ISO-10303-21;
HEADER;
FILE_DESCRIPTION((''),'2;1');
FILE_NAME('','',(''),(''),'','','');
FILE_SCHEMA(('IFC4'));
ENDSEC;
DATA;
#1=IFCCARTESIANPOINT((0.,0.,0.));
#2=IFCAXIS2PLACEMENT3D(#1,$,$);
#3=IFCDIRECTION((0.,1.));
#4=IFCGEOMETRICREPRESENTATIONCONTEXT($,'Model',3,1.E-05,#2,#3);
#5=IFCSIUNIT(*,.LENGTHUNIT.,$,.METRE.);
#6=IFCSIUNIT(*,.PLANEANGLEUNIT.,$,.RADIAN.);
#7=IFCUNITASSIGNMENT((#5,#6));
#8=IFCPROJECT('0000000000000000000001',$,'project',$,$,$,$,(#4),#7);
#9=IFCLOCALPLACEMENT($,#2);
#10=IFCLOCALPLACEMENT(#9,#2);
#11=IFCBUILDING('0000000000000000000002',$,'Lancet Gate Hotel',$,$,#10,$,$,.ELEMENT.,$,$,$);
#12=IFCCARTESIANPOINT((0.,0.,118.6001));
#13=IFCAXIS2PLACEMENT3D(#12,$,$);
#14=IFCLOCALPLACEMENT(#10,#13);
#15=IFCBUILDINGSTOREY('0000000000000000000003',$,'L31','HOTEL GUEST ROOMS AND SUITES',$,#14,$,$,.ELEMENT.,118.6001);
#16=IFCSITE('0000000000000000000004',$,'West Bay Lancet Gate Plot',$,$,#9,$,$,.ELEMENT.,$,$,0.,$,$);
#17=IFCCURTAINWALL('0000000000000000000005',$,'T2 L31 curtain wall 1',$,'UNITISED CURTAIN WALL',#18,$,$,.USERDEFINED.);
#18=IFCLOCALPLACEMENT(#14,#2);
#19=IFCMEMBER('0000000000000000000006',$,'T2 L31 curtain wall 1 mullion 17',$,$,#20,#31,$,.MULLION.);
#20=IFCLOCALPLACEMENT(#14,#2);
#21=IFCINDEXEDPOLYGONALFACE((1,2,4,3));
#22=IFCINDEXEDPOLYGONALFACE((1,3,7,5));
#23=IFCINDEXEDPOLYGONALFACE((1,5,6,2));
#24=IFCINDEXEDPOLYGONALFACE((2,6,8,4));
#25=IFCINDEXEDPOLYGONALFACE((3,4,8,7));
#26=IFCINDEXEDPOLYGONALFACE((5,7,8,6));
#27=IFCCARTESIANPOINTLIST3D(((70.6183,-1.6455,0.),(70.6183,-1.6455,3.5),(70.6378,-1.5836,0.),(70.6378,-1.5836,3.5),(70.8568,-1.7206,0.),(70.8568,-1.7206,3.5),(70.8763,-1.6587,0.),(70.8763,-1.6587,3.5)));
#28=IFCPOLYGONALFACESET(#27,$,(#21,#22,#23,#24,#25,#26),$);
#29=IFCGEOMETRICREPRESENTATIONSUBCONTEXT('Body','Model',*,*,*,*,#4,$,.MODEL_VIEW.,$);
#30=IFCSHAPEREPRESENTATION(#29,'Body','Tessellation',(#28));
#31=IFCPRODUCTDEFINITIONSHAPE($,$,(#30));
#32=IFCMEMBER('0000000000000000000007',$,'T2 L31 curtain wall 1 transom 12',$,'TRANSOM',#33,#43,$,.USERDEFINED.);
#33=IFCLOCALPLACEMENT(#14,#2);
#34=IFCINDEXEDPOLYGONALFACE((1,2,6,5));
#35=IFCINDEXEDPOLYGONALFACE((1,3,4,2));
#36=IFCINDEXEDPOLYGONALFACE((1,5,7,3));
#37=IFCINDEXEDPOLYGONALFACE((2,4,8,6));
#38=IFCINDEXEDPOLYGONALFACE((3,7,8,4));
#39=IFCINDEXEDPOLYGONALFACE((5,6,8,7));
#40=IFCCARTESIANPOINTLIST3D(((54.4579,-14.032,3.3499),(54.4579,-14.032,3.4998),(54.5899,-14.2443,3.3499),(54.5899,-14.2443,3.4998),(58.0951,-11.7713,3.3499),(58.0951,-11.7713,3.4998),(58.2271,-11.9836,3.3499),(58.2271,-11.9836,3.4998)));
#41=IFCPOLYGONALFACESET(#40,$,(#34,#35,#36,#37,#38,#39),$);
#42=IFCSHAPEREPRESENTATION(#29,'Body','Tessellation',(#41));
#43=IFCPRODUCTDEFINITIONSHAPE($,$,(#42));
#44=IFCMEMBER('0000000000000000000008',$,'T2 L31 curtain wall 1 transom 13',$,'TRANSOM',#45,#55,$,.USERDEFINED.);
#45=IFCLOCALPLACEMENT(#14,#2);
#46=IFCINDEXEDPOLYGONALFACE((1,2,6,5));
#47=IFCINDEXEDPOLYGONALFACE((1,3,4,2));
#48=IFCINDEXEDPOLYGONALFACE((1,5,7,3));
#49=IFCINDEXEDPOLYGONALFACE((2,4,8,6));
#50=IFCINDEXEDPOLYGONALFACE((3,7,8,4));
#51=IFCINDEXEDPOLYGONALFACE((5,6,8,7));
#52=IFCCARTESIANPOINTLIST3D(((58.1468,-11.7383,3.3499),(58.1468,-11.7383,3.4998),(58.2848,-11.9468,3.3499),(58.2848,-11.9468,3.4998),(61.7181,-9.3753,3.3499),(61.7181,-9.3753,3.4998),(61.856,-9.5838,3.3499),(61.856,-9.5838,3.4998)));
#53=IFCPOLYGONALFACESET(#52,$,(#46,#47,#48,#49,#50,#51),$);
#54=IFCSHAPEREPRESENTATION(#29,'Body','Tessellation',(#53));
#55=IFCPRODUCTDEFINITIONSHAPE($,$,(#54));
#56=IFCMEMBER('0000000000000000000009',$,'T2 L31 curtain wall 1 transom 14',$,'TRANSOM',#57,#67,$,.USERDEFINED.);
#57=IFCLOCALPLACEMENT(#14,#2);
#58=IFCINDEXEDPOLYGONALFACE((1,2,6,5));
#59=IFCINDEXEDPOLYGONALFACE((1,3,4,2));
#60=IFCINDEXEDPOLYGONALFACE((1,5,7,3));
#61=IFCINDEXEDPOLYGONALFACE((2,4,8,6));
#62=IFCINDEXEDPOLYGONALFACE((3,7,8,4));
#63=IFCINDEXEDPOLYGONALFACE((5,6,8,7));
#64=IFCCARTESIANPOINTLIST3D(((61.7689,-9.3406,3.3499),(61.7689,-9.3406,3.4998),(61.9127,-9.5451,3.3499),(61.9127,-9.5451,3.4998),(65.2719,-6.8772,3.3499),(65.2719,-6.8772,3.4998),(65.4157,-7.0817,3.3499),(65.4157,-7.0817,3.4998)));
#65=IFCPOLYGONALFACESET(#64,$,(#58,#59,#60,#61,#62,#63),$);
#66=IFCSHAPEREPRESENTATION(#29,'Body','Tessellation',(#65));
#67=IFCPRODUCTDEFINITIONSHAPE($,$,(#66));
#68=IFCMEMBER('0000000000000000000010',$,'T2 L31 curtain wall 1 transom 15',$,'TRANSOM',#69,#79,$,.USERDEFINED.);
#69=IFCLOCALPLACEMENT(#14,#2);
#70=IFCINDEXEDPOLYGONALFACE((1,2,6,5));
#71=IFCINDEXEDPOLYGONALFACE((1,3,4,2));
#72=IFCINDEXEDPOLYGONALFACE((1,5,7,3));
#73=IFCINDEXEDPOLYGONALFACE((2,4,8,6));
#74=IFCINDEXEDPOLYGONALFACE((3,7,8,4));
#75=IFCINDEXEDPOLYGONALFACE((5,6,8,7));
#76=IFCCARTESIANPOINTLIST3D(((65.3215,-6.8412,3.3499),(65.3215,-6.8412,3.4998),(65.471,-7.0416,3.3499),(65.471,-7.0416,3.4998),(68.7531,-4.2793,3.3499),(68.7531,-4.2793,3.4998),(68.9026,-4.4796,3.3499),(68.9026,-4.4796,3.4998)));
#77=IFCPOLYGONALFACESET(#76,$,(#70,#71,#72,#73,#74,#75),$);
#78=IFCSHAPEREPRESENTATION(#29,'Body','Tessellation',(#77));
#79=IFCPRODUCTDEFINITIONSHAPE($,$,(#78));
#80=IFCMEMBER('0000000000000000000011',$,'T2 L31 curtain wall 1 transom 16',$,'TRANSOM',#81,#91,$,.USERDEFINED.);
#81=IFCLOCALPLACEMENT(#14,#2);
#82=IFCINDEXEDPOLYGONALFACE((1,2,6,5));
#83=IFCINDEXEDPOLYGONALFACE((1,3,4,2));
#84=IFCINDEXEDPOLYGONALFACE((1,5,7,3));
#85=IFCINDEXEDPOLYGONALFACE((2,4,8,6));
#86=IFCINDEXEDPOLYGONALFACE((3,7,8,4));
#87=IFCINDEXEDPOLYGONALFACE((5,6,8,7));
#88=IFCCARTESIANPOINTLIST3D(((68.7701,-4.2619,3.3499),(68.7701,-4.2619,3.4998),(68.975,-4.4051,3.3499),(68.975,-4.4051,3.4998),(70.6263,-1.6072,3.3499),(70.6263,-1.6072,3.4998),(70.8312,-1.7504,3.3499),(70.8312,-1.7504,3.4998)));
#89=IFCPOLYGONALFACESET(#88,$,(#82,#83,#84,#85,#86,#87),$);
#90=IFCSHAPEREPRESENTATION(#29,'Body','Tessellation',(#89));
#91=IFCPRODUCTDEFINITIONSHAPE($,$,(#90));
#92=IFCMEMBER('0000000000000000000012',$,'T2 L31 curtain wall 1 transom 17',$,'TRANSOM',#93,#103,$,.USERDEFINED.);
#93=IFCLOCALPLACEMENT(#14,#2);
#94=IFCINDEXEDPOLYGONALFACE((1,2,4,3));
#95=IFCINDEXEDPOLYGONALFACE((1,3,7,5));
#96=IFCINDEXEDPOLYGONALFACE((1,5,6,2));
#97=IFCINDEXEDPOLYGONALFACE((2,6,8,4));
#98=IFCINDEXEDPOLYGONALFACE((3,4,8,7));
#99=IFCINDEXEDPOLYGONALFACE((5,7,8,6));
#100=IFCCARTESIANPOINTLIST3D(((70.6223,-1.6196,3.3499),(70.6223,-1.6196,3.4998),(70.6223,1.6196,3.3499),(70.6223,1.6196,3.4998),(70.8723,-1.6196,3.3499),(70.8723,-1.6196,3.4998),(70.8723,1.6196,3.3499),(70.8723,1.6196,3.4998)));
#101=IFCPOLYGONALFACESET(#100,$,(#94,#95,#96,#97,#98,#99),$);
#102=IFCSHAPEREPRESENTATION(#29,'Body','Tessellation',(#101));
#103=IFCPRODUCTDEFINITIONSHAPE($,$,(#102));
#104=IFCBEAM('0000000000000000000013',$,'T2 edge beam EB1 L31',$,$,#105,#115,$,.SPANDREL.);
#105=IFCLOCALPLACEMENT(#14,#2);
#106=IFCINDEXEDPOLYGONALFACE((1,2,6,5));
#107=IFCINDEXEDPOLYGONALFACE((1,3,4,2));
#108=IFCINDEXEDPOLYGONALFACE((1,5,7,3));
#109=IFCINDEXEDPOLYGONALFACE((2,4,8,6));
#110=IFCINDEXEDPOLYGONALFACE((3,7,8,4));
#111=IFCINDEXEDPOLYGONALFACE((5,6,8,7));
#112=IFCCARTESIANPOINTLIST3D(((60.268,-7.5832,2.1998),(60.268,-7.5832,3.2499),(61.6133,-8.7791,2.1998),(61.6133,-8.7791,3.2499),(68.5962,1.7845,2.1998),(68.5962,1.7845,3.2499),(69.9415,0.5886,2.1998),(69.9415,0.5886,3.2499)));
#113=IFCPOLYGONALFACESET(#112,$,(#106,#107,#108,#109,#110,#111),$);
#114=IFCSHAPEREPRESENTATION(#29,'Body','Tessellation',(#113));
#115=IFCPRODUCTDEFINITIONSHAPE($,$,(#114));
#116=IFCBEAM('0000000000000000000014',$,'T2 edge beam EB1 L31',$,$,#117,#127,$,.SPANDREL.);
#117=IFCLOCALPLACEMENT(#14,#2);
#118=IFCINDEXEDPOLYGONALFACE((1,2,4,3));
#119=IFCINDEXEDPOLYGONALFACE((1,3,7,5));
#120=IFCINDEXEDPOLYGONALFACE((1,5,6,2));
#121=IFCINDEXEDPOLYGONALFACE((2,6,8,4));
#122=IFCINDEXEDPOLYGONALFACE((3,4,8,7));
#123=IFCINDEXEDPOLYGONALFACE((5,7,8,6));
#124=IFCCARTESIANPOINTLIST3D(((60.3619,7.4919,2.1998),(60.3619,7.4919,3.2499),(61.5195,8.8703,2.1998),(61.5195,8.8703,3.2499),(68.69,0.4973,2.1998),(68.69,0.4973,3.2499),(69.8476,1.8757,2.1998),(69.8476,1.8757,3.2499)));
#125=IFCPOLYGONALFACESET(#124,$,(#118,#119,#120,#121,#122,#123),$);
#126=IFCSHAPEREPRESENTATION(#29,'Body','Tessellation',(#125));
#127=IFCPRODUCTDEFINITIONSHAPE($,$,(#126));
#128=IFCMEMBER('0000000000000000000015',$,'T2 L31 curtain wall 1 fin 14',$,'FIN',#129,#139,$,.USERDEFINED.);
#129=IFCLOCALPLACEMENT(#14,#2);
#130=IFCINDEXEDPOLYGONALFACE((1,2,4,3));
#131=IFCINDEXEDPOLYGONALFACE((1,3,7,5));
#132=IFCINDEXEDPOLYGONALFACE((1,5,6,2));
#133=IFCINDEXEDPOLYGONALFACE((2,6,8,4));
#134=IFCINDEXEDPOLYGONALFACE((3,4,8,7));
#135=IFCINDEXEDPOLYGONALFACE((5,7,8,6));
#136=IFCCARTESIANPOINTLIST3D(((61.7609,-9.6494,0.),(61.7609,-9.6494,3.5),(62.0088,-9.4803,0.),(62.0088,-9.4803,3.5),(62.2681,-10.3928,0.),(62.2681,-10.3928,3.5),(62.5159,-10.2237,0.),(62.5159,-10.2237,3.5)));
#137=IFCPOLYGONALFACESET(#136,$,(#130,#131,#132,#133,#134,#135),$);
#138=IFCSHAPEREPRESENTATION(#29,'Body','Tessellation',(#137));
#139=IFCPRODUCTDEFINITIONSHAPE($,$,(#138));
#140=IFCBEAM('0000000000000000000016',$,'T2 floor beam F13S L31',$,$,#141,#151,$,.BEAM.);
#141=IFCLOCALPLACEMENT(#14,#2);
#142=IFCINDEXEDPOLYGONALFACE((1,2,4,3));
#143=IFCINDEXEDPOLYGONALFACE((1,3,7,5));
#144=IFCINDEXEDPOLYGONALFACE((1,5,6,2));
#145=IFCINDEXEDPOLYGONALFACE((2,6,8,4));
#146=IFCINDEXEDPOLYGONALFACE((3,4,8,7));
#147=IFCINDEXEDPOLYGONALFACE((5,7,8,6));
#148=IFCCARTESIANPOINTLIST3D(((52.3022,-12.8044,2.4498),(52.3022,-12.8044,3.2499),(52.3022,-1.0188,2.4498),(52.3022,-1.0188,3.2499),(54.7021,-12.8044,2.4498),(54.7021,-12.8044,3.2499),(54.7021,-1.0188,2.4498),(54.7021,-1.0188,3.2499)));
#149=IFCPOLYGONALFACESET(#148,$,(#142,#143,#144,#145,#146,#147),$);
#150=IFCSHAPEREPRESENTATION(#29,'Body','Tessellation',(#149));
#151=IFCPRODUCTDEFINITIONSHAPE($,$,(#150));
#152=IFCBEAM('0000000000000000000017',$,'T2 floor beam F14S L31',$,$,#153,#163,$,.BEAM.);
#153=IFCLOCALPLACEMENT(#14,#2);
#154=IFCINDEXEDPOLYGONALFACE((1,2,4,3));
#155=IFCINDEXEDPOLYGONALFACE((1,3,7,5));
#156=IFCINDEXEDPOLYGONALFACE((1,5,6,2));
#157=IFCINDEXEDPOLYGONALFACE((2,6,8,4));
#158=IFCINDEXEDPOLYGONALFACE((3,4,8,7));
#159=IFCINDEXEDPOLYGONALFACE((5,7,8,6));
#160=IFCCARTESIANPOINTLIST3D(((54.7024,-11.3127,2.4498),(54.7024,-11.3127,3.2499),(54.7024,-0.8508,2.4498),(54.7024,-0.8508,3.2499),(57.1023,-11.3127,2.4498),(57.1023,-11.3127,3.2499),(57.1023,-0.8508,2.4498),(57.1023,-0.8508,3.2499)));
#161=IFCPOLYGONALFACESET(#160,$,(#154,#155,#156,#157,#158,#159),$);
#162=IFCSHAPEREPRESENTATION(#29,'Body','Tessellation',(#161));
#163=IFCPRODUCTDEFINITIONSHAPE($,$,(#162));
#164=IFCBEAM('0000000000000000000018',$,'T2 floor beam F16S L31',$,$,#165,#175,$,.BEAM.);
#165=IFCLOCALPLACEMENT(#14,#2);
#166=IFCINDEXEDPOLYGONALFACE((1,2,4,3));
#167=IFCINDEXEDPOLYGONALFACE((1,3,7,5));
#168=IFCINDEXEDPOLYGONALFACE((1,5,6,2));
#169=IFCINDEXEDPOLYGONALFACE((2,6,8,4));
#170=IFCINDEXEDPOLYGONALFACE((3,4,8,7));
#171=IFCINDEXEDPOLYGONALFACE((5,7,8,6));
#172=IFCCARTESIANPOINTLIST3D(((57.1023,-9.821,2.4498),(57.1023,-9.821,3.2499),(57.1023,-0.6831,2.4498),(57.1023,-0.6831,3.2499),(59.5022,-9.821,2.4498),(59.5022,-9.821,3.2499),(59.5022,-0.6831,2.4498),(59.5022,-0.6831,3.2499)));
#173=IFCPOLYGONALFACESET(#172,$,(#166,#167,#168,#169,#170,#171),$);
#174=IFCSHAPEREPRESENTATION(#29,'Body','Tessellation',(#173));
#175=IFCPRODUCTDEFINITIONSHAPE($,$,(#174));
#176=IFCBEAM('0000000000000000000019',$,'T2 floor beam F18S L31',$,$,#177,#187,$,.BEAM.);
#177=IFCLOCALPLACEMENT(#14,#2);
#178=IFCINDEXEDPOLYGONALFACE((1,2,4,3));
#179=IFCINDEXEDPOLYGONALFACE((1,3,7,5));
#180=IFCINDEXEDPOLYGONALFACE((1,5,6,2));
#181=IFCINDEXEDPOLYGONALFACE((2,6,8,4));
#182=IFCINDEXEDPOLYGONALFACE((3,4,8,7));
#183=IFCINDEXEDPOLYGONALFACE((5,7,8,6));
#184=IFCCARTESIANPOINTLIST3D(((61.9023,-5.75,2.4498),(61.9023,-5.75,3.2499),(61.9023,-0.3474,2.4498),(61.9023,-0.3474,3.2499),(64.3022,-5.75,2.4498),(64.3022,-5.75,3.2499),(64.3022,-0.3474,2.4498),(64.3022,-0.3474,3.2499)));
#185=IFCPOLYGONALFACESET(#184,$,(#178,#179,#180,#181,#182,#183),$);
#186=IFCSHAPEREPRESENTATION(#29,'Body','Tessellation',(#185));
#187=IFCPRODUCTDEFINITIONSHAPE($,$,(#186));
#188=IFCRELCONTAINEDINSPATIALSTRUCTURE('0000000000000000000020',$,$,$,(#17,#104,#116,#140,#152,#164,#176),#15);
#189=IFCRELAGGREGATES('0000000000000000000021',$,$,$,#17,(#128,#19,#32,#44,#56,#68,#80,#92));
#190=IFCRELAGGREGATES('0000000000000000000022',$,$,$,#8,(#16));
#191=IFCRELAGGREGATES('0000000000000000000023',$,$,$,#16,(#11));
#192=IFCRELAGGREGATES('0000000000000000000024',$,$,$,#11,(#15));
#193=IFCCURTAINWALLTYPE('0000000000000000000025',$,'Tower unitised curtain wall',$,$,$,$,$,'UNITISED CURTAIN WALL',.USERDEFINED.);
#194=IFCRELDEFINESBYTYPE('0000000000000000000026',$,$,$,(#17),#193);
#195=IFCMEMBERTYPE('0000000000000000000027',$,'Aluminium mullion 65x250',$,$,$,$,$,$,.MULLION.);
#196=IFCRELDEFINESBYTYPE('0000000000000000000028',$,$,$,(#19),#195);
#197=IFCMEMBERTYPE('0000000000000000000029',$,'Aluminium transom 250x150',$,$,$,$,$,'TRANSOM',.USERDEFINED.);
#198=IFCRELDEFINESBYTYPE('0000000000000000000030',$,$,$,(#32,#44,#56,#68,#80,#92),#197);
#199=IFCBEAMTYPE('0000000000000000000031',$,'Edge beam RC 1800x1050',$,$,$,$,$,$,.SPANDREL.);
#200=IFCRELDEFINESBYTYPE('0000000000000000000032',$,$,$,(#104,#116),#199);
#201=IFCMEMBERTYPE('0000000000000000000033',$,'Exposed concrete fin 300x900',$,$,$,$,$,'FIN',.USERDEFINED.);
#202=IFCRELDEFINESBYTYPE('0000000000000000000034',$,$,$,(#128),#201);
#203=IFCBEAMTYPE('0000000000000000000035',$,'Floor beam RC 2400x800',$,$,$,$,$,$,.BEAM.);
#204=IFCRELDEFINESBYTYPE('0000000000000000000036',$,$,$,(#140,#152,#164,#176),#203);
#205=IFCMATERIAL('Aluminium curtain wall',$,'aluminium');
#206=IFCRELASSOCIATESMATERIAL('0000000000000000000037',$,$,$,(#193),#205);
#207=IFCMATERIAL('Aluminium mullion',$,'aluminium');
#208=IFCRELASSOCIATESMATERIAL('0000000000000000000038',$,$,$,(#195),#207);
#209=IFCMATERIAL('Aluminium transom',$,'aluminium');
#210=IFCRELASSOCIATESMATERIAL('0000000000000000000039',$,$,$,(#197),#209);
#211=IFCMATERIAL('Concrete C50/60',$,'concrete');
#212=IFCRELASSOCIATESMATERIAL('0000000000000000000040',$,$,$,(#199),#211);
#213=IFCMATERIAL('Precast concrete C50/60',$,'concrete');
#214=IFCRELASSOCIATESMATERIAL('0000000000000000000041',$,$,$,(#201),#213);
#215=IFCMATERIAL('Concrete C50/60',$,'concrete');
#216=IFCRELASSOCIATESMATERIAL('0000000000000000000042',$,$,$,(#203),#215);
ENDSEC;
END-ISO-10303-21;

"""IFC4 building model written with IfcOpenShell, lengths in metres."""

from ifc_helpers import new_model, si_unit, direction, frame, origin, origin_2d, place, context, subcontext, project, spatial, rectangle, extrude, material, material_profile, profile_set, type_object, element, aggregate, save


model = new_model("IFC4")

# Units and contexts
model_context = context("Model", 3, precision=1e-05, world=origin(), true_north=direction((0.0, 1.0)))
body_context = subcontext(model_context, "Body", "Model", "MODEL_VIEW")
ifc_project = project(units=[si_unit("LENGTHUNIT", "METRE"), si_unit("PLANEANGLEUNIT", "RADIAN")], contexts=[model_context])

# Site, building, storey
site_placement = place(None, origin())
site = spatial("IfcSite", under=ifc_project, at=site_placement, Name="West Bay Lancet Gate Plot", CompositionType="ELEMENT", RefElevation=0.0)
building_placement = place(site_placement, origin())
building = spatial("IfcBuilding", under=site, at=building_placement, Name="Lancet Gate Hotel", CompositionType="ELEMENT")
storey_placement = place(building_placement, frame((0.0, 0.0, 118.6001)))
storey = spatial("IfcBuildingStorey", under=building, at=storey_placement, Name="L31", Description="HOTEL GUEST ROOMS AND SUITES", CompositionType="ELEMENT", Elevation=118.6001)

# Curtain wall, members
ifc_material_1 = material(Name="Aluminium curtain wall", Category="aluminium")
curtain_wall_type = type_object("IfcCurtainWallType", Name="Tower unitised curtain wall", ElementType="UNITISED CURTAIN WALL", PredefinedType="USERDEFINED", material=ifc_material_1)
curtain_wall_placement = place(storey_placement, origin())
curtain_wall = element("IfcCurtainWall", 1, at=curtain_wall_placement, inside=storey, type_object=curtain_wall_type, Name="T2 L31 curtain wall 1", ObjectType="UNITISED CURTAIN WALL", PredefinedType="USERDEFINED")
ifc_material_2 = material(Name="Aluminium mullion", Category="aluminium")
ifc_material_profile_1 = material_profile(ifc_material_2, rectangle(XDim=0.0649, YDim=0.25, at=origin_2d()), Name="MULLION 65x250")
ifc_profile_set_1 = profile_set([ifc_material_profile_1], Name="Aluminium mullion")
member_type_1 = type_object("IfcMemberType", Name="Aluminium mullion 65x250", PredefinedType="MULLION", material=ifc_profile_set_1)
member_1_placement = place(storey_placement, frame((70.7473, -1.6521, 0.0), z_axis=(0.0, 0.0, 1.0), x_axis=(0.300385, 0.953818, 0.0)))
member_1 = element("IfcMember", 2, at=member_1_placement, type_object=member_type_1, Name="T2 L31 curtain wall 1 mullion 17", PredefinedType="MULLION", context=body_context, shape_type="SweptSolid", body=[
    extrude(rectangle(XDim=0.0649, YDim=0.25, at=origin_2d()), origin(), (0.0, 0.0, 1.0), 3.5),
])
ifc_material_3 = material(Name="Aluminium transom", Category="aluminium")
ifc_material_profile_2 = material_profile(ifc_material_3, rectangle(XDim=0.25, YDim=0.1499, at=origin_2d()), Name="TRANSOM 250x150")
ifc_profile_set_2 = profile_set([ifc_material_profile_2], Name="Aluminium transom")
member_type_2 = type_object("IfcMemberType", Name="Aluminium transom 250x150", ElementType="TRANSOM", PredefinedType="USERDEFINED", material=ifc_profile_set_2)
member_2_placement = place(storey_placement, frame((54.5239, -14.1382, 3.4248), z_axis=(0.849309, 0.527896, 0.0), x_axis=(-0.527896, 0.849309, 0.0)))
member_2 = element("IfcMember", 3, at=member_2_placement, type_object=member_type_2, Name="T2 L31 curtain wall 1 transom 12", ObjectType="TRANSOM", PredefinedType="USERDEFINED", context=body_context, shape_type="SweptSolid", body=[
    extrude(rectangle(XDim=0.25, YDim=0.1499, at=origin_2d()), origin(), (0.0, 0.0, 1.0), 4.2825),
])
member_3_placement = place(storey_placement, frame((58.2158, -11.8425, 3.4248), z_axis=(0.833966, 0.551816, 0.0), x_axis=(-0.551816, 0.833966, 0.0)))
member_3 = element("IfcMember", 4, at=member_3_placement, type_object=member_type_2, Name="T2 L31 curtain wall 1 transom 13", ObjectType="TRANSOM", PredefinedType="USERDEFINED", context=body_context, shape_type="SweptSolid", body=[
    extrude(rectangle(XDim=0.25, YDim=0.1499, at=origin_2d()), origin(), (0.0, 0.0, 1.0), 4.2822),
])
member_4_placement = place(storey_placement, frame((61.8408, -9.4429, 3.4248), z_axis=(0.817987, 0.575236, 0.0), x_axis=(-0.575236, 0.817987, 0.0)))
member_4 = element("IfcMember", 5, at=member_4_placement, type_object=member_type_2, Name="T2 L31 curtain wall 1 transom 14", ObjectType="TRANSOM", PredefinedType="USERDEFINED", context=body_context, shape_type="SweptSolid", body=[
    extrude(rectangle(XDim=0.25, YDim=0.1499, at=origin_2d()), origin(), (0.0, 0.0, 1.0), 4.2825),
])
member_5_placement = place(storey_placement, frame((65.3962, -6.9414, 3.4248), z_axis=(0.801312, 0.598247, 0.0), x_axis=(-0.598247, 0.801312, 0.0)))
member_5 = element("IfcMember", 6, at=member_5_placement, type_object=member_type_2, Name="T2 L31 curtain wall 1 transom 15", ObjectType="TRANSOM", PredefinedType="USERDEFINED", context=body_context, shape_type="SweptSolid", body=[
    extrude(rectangle(XDim=0.25, YDim=0.1499, at=origin_2d()), origin(), (0.0, 0.0, 1.0), 4.2825),
])
member_6_placement = place(storey_placement, frame((68.8726, -4.3335, 3.4248), z_axis=(0.573017, 0.819543, 0.0), x_axis=(-0.819543, 0.573017, 0.0)))
member_6 = element("IfcMember", 7, at=member_6_placement, type_object=member_type_2, Name="T2 L31 curtain wall 1 transom 16", ObjectType="TRANSOM", PredefinedType="USERDEFINED", context=body_context, shape_type="SweptSolid", body=[
    extrude(rectangle(XDim=0.25, YDim=0.1499, at=origin_2d()), origin(), (0.0, 0.0, 1.0), 3.2393),
])
member_7_placement = place(storey_placement, frame((70.7473, -1.6196, 3.4248), z_axis=(0.0, 1.0, 0.0), x_axis=(-1.0, 0.0, 0.0)))
member_7 = element("IfcMember", 8, at=member_7_placement, type_object=member_type_2, Name="T2 L31 curtain wall 1 transom 17", ObjectType="TRANSOM", PredefinedType="USERDEFINED", context=body_context, shape_type="SweptSolid", body=[
    extrude(rectangle(XDim=0.25, YDim=0.1499, at=origin_2d()), origin(), (0.0, 0.0, 1.0), 3.2393),
])

# Beams
ifc_material_4 = material(Name="Concrete C50/60", Category="concrete")
ifc_material_profile_3 = material_profile(ifc_material_4, rectangle(XDim=1.8, YDim=1.05, at=origin_2d()), Name="RC 1800x1050")
ifc_profile_set_3 = profile_set([ifc_material_profile_3], Name="Concrete C50/60")
beam_type_1 = type_object("IfcBeamType", Name="Edge beam RC 1800x1050", PredefinedType="SPANDREL", material=ifc_profile_set_3)
beam_1_placement = place(storey_placement, frame((60.9407, -8.1812, 2.7249), z_axis=(0.664422, 0.747358, 0.0), x_axis=(-0.747358, 0.664422, 0.0)))
element("IfcBeam", 9, at=beam_1_placement, inside=storey, type_object=beam_type_1, Name="T2 edge beam EB1 L31", PredefinedType="SPANDREL", context=body_context, shape_type="SweptSolid", body=[
    extrude(rectangle(XDim=1.8, YDim=1.05, at=origin_2d()), origin(), (0.0, 0.0, 1.0), 12.5344),
])
beam_2_placement = place(storey_placement, frame((69.2688, 1.1865, 2.7249), z_axis=(-0.76575, 0.643138, 0.0), x_axis=(-0.643138, -0.76575, 0.0)))
element("IfcBeam", 10, at=beam_2_placement, inside=storey, type_object=beam_type_1, Name="T2 edge beam EB1 L31", PredefinedType="SPANDREL", context=body_context, shape_type="SweptSolid", body=[
    extrude(rectangle(XDim=1.8, YDim=1.05, at=origin_2d()), origin(), (0.0, 0.0, 1.0), 10.8757),
])

# Member
ifc_material_5 = material(Name="Precast concrete C50/60", Category="concrete")
ifc_material_profile_4 = material_profile(ifc_material_5, rectangle(XDim=0.3, YDim=0.8999, at=origin_2d()), Name="FIN 300x900")
ifc_profile_set_4 = profile_set([ifc_material_profile_4], Name="Precast concrete C50/60")
member_type_3 = type_object("IfcMemberType", Name="Exposed concrete fin 300x900", ElementType="FIN", PredefinedType="USERDEFINED", material=ifc_profile_set_4)
member_8_placement = place(storey_placement, frame((62.1384, -9.9365, 0.0), z_axis=(0.0, 0.0, 1.0), x_axis=(0.826066, 0.563574, 0.0)))
member_8 = element("IfcMember", 11, at=member_8_placement, type_object=member_type_3, Name="T2 L31 curtain wall 1 fin 14", ObjectType="FIN", PredefinedType="USERDEFINED", context=body_context, shape_type="SweptSolid", body=[
    extrude(rectangle(XDim=0.3, YDim=0.8999, at=origin_2d()), origin(), (0.0, 0.0, 1.0), 3.5),
])

# Beams
ifc_material_6 = material(Name="Concrete C50/60", Category="concrete")
ifc_material_profile_5 = material_profile(ifc_material_6, rectangle(XDim=2.3999, YDim=0.8, at=origin_2d()), Name="RC 2400x800")
ifc_profile_set_5 = profile_set([ifc_material_profile_5], Name="Concrete C50/60")
beam_type_2 = type_object("IfcBeamType", Name="Floor beam RC 2400x800", PredefinedType="BEAM", material=ifc_profile_set_5)
beam_3_placement = place(storey_placement, frame((53.5022, -12.8044, 2.8499), z_axis=(0.0, 1.0, 0.0), x_axis=(-1.0, 0.0, 0.0)))
element("IfcBeam", 12, at=beam_3_placement, inside=storey, type_object=beam_type_2, Name="T2 floor beam F13S L31", PredefinedType="BEAM", context=body_context, shape_type="SweptSolid", body=[
    extrude(rectangle(XDim=2.3999, YDim=0.8, at=origin_2d()), origin(), (0.0, 0.0, 1.0), 11.7856),
])
beam_4_placement = place(storey_placement, frame((55.9023, -11.3127, 2.8499), z_axis=(0.0, 1.0, 0.0), x_axis=(-1.0, 0.0, 0.0)))
element("IfcBeam", 13, at=beam_4_placement, inside=storey, type_object=beam_type_2, Name="T2 floor beam F14S L31", PredefinedType="BEAM", context=body_context, shape_type="SweptSolid", body=[
    extrude(rectangle(XDim=2.3999, YDim=0.8, at=origin_2d()), origin(), (0.0, 0.0, 1.0), 10.4619),
])
beam_5_placement = place(storey_placement, frame((58.3022, -9.821, 2.8499), z_axis=(0.0, 1.0, 0.0), x_axis=(-1.0, 0.0, 0.0)))
element("IfcBeam", 14, at=beam_5_placement, inside=storey, type_object=beam_type_2, Name="T2 floor beam F16S L31", PredefinedType="BEAM", context=body_context, shape_type="SweptSolid", body=[
    extrude(rectangle(XDim=2.3999, YDim=0.8, at=origin_2d()), origin(), (0.0, 0.0, 1.0), 9.1379),
])
beam_6_placement = place(storey_placement, frame((63.1023, -5.75, 2.8499), z_axis=(0.0, 1.0, 0.0), x_axis=(-1.0, 0.0, 0.0)))
element("IfcBeam", 15, at=beam_6_placement, inside=storey, type_object=beam_type_2, Name="T2 floor beam F18S L31", PredefinedType="BEAM", context=body_context, shape_type="SweptSolid", body=[
    extrude(rectangle(XDim=2.3999, YDim=0.8, at=origin_2d()), origin(), (0.0, 0.0, 1.0), 5.4026),
])

aggregate(curtain_wall, [member_8, member_1, member_2, member_3, member_4, member_5, member_6, member_7])

save(model, "model.ifc")
